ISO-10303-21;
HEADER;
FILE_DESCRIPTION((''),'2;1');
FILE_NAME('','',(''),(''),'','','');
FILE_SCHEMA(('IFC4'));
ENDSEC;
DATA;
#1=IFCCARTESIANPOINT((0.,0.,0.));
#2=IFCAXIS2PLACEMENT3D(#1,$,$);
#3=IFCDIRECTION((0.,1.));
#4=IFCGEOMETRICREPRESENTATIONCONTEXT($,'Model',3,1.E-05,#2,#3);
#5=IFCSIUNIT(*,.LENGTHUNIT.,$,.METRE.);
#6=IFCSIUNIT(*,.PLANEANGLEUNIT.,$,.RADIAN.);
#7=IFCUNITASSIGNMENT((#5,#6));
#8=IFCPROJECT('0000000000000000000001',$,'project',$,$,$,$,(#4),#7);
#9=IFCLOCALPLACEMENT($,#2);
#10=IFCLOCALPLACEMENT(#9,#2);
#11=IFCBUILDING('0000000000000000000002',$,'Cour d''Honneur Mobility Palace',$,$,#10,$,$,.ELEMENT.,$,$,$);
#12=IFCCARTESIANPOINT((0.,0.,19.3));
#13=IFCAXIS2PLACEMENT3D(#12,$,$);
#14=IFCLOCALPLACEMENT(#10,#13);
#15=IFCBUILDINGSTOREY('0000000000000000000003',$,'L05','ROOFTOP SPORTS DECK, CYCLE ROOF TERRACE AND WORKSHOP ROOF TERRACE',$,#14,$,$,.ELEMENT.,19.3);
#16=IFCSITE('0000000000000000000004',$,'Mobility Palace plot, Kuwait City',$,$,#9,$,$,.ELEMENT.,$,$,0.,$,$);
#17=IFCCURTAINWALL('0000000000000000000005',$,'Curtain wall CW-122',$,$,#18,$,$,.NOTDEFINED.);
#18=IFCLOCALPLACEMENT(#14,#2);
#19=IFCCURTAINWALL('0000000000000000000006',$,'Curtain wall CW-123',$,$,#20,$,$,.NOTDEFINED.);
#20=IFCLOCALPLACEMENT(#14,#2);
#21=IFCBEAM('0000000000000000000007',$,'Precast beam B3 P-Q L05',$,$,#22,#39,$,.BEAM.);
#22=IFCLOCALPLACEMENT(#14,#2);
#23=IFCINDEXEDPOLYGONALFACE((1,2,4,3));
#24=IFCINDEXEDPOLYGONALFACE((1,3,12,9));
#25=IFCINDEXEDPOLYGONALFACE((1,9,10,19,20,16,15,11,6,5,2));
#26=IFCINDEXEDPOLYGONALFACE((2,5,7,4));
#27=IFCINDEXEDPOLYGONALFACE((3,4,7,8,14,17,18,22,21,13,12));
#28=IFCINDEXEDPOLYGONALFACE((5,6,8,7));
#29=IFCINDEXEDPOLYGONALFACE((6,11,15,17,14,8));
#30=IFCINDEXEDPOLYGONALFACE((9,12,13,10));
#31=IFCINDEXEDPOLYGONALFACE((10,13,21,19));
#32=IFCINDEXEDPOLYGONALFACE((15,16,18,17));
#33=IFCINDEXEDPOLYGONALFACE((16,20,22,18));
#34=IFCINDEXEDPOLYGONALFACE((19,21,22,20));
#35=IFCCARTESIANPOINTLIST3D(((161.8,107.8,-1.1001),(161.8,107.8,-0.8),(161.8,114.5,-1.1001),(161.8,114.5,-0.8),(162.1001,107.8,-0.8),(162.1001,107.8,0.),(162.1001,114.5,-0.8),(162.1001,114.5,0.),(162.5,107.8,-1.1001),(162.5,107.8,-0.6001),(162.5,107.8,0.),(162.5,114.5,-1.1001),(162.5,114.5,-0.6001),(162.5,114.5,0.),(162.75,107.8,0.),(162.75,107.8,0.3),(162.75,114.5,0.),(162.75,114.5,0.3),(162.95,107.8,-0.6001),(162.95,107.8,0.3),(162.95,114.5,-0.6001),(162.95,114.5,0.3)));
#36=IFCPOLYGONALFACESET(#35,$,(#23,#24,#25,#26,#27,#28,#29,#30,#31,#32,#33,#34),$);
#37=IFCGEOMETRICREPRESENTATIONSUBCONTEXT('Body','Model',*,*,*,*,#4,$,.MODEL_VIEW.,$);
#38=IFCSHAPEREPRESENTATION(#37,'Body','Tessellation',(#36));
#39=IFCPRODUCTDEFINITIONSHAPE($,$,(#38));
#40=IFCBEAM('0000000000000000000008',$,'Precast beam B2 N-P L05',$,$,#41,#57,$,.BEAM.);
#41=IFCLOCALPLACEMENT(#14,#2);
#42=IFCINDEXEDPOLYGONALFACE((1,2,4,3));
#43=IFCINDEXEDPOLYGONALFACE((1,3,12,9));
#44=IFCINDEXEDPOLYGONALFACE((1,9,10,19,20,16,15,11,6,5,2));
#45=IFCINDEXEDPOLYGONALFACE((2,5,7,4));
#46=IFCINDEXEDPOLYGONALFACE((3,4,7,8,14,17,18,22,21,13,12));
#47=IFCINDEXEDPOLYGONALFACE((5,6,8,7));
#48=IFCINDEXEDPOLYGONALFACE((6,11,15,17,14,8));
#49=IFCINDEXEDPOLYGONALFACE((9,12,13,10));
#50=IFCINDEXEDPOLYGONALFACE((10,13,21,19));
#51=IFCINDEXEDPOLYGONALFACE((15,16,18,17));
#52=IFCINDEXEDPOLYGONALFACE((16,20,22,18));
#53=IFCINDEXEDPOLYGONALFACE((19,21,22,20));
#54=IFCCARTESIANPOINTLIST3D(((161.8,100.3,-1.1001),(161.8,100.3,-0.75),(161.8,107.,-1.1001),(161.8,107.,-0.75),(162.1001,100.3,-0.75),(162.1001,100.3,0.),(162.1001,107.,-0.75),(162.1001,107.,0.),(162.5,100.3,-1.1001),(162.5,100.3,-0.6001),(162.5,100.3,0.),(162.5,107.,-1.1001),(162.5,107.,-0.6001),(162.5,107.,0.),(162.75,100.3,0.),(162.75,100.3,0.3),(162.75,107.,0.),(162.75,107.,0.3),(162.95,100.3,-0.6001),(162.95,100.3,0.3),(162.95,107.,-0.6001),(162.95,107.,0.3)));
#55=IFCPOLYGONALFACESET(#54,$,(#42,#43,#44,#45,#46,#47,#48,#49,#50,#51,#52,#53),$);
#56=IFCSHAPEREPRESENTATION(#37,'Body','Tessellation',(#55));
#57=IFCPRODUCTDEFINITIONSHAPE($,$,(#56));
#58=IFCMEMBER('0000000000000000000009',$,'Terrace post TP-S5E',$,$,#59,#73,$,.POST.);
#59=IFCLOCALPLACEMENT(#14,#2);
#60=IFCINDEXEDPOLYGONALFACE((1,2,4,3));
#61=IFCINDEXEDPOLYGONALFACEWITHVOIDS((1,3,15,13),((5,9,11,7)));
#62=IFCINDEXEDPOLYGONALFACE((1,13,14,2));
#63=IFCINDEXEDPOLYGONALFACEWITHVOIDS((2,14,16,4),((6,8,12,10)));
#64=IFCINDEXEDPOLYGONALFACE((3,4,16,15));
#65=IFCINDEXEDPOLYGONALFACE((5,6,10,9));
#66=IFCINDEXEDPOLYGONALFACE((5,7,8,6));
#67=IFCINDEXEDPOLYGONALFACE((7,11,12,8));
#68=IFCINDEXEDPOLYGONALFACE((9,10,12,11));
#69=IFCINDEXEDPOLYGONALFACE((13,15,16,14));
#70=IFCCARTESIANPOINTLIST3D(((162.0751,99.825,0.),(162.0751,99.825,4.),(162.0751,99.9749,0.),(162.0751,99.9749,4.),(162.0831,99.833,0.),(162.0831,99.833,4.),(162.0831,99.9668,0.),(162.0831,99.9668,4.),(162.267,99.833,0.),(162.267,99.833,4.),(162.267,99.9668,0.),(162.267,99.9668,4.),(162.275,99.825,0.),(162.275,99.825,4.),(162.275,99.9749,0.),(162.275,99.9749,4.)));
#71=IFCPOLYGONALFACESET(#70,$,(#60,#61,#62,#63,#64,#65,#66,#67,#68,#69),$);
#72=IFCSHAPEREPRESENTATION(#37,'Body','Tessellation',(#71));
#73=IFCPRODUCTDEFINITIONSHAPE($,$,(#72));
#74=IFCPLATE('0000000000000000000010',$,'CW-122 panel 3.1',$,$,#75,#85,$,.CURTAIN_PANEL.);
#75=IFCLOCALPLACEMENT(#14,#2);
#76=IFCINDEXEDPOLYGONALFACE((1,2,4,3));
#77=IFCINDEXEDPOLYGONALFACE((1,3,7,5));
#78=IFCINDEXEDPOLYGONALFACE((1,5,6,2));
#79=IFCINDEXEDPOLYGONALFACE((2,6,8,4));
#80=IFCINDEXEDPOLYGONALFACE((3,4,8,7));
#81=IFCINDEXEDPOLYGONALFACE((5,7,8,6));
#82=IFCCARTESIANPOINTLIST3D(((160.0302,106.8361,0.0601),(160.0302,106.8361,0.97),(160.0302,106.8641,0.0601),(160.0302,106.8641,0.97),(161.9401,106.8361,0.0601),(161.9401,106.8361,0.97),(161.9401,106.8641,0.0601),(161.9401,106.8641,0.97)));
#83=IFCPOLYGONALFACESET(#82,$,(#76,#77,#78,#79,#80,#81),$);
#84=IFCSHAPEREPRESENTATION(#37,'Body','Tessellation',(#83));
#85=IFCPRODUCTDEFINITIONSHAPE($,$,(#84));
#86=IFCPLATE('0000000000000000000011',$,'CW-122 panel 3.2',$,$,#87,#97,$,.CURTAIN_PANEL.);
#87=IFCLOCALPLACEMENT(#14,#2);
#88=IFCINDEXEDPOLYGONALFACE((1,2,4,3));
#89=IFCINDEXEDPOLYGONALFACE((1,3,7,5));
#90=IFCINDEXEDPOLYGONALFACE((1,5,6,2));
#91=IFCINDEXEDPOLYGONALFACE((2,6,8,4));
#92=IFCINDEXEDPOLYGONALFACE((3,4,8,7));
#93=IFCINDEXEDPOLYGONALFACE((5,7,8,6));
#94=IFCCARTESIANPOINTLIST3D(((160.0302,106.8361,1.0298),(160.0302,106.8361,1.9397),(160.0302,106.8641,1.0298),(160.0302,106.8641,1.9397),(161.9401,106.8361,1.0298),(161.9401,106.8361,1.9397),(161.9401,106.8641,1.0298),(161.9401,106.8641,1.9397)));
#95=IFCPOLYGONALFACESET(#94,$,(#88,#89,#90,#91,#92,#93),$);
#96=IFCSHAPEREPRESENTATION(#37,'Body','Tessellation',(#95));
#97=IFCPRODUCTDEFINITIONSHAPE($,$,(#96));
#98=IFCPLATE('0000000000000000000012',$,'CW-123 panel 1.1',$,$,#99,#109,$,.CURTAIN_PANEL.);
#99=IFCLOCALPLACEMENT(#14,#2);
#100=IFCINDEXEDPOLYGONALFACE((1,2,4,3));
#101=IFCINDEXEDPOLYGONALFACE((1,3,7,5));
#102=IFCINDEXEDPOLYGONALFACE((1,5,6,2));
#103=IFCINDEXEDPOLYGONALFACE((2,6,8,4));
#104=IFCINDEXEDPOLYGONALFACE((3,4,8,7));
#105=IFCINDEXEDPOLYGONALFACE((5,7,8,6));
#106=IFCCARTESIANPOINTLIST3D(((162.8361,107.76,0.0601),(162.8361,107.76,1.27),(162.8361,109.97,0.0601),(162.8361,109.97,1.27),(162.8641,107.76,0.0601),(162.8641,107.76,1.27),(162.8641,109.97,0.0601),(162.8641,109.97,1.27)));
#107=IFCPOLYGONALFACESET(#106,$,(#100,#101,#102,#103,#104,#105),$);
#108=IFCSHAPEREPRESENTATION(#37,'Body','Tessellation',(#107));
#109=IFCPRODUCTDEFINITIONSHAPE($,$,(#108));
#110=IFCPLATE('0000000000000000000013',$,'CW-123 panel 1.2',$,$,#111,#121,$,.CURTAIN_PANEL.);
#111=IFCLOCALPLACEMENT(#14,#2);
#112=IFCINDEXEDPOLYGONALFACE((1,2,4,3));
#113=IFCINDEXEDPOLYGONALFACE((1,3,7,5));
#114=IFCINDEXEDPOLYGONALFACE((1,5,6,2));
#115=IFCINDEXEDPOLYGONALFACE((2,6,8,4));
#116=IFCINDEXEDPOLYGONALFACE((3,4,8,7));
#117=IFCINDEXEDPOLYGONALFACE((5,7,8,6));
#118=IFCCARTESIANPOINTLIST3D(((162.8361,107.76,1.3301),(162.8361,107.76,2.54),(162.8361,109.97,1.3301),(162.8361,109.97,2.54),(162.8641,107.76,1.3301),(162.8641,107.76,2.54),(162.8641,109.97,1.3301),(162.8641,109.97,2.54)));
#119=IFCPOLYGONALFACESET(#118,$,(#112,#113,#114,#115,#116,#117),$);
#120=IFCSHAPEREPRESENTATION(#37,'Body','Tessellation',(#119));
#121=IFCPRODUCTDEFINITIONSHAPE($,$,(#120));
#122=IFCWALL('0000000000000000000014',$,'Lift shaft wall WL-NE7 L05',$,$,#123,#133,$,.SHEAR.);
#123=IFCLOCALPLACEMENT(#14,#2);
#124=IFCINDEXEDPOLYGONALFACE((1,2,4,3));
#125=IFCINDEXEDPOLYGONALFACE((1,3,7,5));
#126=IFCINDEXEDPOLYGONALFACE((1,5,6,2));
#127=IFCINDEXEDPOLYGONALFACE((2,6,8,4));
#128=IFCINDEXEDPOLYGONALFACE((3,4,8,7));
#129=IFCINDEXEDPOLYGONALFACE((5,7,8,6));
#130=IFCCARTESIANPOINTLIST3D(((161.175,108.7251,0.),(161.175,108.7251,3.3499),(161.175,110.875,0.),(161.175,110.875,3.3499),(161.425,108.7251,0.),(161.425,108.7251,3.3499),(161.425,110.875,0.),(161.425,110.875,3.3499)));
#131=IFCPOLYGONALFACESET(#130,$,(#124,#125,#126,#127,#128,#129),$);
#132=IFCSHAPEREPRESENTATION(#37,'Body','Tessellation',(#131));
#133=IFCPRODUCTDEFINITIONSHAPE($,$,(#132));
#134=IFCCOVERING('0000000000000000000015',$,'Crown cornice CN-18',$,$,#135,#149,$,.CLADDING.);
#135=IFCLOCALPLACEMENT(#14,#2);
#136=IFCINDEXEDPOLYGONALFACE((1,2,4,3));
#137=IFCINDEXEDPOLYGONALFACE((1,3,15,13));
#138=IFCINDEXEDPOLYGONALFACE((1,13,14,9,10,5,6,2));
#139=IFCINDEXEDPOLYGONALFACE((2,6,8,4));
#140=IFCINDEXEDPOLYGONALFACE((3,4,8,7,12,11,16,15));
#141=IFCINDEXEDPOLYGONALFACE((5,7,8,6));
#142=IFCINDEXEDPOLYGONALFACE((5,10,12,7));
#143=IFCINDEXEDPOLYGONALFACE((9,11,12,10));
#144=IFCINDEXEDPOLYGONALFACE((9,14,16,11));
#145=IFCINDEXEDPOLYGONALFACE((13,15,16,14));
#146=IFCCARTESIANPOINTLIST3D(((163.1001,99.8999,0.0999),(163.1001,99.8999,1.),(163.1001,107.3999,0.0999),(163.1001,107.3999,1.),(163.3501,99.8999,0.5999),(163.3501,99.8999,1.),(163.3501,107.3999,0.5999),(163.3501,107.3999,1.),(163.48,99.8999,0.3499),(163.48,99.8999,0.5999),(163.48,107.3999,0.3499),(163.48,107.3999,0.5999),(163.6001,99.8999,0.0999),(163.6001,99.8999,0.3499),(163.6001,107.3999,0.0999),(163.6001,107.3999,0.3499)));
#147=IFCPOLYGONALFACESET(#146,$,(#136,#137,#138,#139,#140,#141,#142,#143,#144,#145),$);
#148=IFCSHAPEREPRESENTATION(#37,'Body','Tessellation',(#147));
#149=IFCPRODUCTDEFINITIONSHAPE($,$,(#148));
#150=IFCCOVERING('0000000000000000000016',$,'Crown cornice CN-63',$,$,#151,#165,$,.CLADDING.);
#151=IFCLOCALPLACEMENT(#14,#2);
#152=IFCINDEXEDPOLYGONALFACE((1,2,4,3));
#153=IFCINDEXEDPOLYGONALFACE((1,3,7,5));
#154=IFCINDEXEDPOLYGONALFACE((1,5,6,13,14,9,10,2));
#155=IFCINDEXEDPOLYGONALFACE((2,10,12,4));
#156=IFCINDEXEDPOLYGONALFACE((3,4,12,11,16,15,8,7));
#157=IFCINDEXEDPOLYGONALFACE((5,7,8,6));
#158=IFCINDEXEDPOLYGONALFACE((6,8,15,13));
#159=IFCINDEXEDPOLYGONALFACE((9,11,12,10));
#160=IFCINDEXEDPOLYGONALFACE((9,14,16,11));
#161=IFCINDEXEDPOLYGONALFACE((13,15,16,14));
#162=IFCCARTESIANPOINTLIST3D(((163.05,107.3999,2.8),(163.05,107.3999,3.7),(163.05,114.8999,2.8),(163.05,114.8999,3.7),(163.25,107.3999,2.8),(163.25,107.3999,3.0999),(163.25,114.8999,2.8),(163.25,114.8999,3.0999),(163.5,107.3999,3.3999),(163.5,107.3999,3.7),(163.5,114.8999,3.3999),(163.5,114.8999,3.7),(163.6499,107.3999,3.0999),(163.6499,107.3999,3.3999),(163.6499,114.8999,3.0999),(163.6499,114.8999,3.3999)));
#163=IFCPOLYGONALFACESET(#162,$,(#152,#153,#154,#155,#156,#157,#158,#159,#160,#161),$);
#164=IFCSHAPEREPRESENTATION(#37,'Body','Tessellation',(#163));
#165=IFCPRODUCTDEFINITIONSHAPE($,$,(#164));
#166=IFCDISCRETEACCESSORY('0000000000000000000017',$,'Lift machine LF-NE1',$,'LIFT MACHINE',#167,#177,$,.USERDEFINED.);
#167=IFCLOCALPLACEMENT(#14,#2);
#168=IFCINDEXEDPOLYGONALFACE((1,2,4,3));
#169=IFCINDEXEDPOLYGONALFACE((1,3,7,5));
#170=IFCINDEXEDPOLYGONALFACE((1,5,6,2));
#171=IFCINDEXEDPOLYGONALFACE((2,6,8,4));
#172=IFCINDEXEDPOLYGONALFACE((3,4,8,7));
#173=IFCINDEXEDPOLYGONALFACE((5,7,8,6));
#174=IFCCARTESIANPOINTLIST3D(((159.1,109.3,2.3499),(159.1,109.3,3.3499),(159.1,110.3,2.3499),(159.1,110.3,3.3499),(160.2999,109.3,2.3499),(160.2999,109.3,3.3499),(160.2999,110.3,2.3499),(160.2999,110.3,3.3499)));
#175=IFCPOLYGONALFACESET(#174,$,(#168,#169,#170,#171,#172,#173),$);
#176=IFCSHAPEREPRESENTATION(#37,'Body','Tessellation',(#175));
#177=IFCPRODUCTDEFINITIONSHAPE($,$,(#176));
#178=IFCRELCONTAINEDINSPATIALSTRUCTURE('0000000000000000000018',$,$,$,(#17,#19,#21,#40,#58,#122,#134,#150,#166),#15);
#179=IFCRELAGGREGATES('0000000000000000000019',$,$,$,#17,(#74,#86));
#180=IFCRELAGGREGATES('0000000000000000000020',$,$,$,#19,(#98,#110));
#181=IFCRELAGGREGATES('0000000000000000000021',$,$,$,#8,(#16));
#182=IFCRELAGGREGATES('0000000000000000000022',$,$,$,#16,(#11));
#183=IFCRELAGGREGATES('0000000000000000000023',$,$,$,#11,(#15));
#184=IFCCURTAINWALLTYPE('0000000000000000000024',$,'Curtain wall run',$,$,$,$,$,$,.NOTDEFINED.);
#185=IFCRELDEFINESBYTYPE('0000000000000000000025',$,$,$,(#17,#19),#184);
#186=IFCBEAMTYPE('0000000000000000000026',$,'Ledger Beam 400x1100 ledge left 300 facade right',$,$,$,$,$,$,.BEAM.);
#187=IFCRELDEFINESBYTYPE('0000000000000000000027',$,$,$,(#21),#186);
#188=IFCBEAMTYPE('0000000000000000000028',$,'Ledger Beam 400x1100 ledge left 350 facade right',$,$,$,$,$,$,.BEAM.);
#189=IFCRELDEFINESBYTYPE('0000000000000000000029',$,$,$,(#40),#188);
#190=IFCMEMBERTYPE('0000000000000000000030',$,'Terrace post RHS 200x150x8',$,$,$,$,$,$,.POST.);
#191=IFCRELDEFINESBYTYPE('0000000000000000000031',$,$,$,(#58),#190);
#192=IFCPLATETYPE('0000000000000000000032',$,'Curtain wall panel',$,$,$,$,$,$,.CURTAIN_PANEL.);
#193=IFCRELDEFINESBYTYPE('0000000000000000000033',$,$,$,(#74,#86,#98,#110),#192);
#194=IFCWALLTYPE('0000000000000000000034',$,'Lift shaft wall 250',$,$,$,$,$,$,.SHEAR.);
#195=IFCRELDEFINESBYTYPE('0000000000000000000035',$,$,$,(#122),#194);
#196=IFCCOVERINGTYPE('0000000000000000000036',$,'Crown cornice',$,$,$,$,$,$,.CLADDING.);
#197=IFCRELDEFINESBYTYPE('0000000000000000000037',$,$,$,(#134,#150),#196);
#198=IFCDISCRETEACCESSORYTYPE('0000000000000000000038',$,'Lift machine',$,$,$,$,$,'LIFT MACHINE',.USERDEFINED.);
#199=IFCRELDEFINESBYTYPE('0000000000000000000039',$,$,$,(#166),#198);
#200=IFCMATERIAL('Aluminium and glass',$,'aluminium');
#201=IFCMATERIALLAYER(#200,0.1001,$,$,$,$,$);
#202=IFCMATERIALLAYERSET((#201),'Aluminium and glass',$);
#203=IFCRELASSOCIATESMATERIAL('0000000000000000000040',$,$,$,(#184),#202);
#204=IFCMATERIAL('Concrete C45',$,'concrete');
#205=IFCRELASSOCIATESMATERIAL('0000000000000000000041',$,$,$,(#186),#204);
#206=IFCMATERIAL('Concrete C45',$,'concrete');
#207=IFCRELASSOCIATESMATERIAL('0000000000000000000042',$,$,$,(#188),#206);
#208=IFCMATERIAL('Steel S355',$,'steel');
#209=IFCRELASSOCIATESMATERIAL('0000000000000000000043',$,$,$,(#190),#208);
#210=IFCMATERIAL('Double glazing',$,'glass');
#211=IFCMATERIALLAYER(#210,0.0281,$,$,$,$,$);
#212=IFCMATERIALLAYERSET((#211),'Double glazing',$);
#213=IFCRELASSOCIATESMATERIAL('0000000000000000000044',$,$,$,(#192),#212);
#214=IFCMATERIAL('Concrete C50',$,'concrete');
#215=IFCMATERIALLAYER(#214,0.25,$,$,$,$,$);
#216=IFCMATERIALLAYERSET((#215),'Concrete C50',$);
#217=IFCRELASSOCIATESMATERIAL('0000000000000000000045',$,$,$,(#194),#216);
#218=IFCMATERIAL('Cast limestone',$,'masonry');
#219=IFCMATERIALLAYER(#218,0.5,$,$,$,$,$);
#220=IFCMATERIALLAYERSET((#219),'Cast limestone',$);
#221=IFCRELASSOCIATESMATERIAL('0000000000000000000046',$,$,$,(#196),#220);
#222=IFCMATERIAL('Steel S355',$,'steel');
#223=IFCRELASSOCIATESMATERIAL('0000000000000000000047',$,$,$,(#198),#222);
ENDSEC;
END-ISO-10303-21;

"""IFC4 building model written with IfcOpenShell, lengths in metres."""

from ifc_helpers import new_model, si_unit, direction, frame, frame_2d, origin, origin_2d, place, context, subcontext, project, spatial, polyline, rectangle, hollow_rectangle, outline, extrude, material, layer, layer_set, material_profile, profile_set, type_object, element, aggregate, save


model = new_model("IFC4")

# Units and contexts
model_context = context("Model", 3, precision=1e-05, world=origin(), true_north=direction((0.0, 1.0)))
body_context = subcontext(model_context, "Body", "Model", "MODEL_VIEW")
ifc_project = project(units=[si_unit("LENGTHUNIT", "METRE"), si_unit("PLANEANGLEUNIT", "RADIAN")], contexts=[model_context])

# Site, building, storey
site_placement = place(None, origin())
site = spatial("IfcSite", under=ifc_project, at=site_placement, Name="Mobility Palace plot, Kuwait City", CompositionType="ELEMENT", RefElevation=0.0)
building_placement = place(site_placement, origin())
building = spatial("IfcBuilding", under=site, at=building_placement, Name="Cour d'Honneur Mobility Palace", CompositionType="ELEMENT")
storey_placement = place(building_placement, frame((0.0, 0.0, 19.3)))
storey = spatial("IfcBuildingStorey", under=building, at=storey_placement, Name="L05", Description="ROOFTOP SPORTS DECK, CYCLE ROOF TERRACE AND WORKSHOP ROOF TERRACE", CompositionType="ELEMENT", Elevation=19.3)

# Curtain walls
ifc_material_1 = material(Name="Aluminium and glass", Category="aluminium")
ifc_layer_1 = layer(ifc_material_1, 0.1001)
ifc_layer_set_1 = layer_set([ifc_layer_1], Name="Aluminium and glass")
curtain_wall_type = type_object("IfcCurtainWallType", Name="Curtain wall run", PredefinedType="NOTDEFINED", material=ifc_layer_set_1)
curtain_wall_1_placement = place(storey_placement, origin())
curtain_wall_1 = element("IfcCurtainWall", 1, at=curtain_wall_1_placement, inside=storey, type_object=curtain_wall_type, Name="Curtain wall CW-122", PredefinedType="NOTDEFINED")
curtain_wall_2_placement = place(storey_placement, origin())
curtain_wall_2 = element("IfcCurtainWall", 2, at=curtain_wall_2_placement, inside=storey, type_object=curtain_wall_type, Name="Curtain wall CW-123", PredefinedType="NOTDEFINED")

# Beams
ifc_material_2 = material(Name="Concrete C45", Category="concrete")
ifc_material_profile_1 = material_profile(ifc_material_2, outline(polyline([(0.5, -1.1001), (0.5, -0.8), (0.2, -0.8), (0.2, 0.0), (-0.2, 0.0), (-0.45, 0.0), (-0.45, 0.3), (-0.6499, 0.3), (-0.6499, -0.6001), (-0.2, -0.6001), (-0.2, -1.1001), (0.5, -1.1001)])), Name="Ledger Beam 400x1100 ledge left 300 facade right")
ifc_profile_set_1 = profile_set([ifc_material_profile_1], Name="Concrete C45")
beam_type_1 = type_object("IfcBeamType", Name="Ledger Beam 400x1100 ledge left 300 facade right", PredefinedType="BEAM", material=ifc_profile_set_1)
beam_1_placement = place(storey_placement, frame((162.3, 107.8, 0.0), z_axis=(0.0, 1.0, 0.0), x_axis=(-1.0, 0.0, 0.0)))
element("IfcBeam", 3, at=beam_1_placement, inside=storey, type_object=beam_type_1, Name="Precast beam B3 P-Q L05", PredefinedType="BEAM", context=body_context, shape_type="SweptSolid", body=[
    extrude(outline(polyline([(0.5, -1.1001), (0.5, -0.8), (0.2, -0.8), (0.2, 0.0), (-0.2, 0.0), (-0.45, 0.0), (-0.45, 0.3), (-0.6499, 0.3), (-0.6499, -0.6001), (-0.2, -0.6001), (-0.2, -1.1001), (0.5, -1.1001)])), origin(), (0.0, 0.0, 1.0), 6.7),
])
ifc_material_3 = material(Name="Concrete C45", Category="concrete")
ifc_material_profile_2 = material_profile(ifc_material_3, outline(polyline([(0.5, -1.1001), (0.5, -0.75), (0.2, -0.75), (0.2, 0.0), (-0.2, 0.0), (-0.45, 0.0), (-0.45, 0.3), (-0.6499, 0.3), (-0.6499, -0.6001), (-0.2, -0.6001), (-0.2, -1.1001), (0.5, -1.1001)])), Name="Ledger Beam 400x1100 ledge left 350 facade right")
ifc_profile_set_2 = profile_set([ifc_material_profile_2], Name="Concrete C45")
beam_type_2 = type_object("IfcBeamType", Name="Ledger Beam 400x1100 ledge left 350 facade right", PredefinedType="BEAM", material=ifc_profile_set_2)
beam_2_placement = place(storey_placement, frame((162.3, 100.3, 0.0), z_axis=(0.0, 1.0, 0.0), x_axis=(-1.0, 0.0, 0.0)))
element("IfcBeam", 4, at=beam_2_placement, inside=storey, type_object=beam_type_2, Name="Precast beam B2 N-P L05", PredefinedType="BEAM", context=body_context, shape_type="SweptSolid", body=[
    extrude(outline(polyline([(0.5, -1.1001), (0.5, -0.75), (0.2, -0.75), (0.2, 0.0), (-0.2, 0.0), (-0.45, 0.0), (-0.45, 0.3), (-0.6499, 0.3), (-0.6499, -0.6001), (-0.2, -0.6001), (-0.2, -1.1001), (0.5, -1.1001)])), origin(), (0.0, 0.0, 1.0), 6.7),
])

# Member
ifc_material_4 = material(Name="Steel S355", Category="steel")
ifc_material_profile_3 = material_profile(ifc_material_4, hollow_rectangle(XDim=0.1499, YDim=0.2, WallThickness=0.0081, at=origin_2d()), Name="RHS 200x150x8")
ifc_profile_set_3 = profile_set([ifc_material_profile_3], Name="Steel S355")
member_type_1 = type_object("IfcMemberType", Name="Terrace post RHS 200x150x8", PredefinedType="POST", material=ifc_profile_set_3)
member_1_placement = place(storey_placement, frame((162.175, 99.8999, 0.0), z_axis=(0.0, 0.0, 1.0), x_axis=(0.0, 1.0, 0.0)))
element("IfcMember", 5, at=member_1_placement, inside=storey, type_object=member_type_1, Name="Terrace post TP-S5E", PredefinedType="POST", context=body_context, shape_type="SweptSolid", body=[
    extrude(hollow_rectangle(XDim=0.1499, YDim=0.2, WallThickness=0.0081, at=origin_2d()), origin(), (0.0, 0.0, 1.0), 4.0),
])

# Plates
ifc_material_5 = material(Name="Double glazing", Category="glass")
ifc_layer_2 = layer(ifc_material_5, 0.0281)
ifc_layer_set_2 = layer_set([ifc_layer_2], Name="Double glazing")
plate_type = type_object("IfcPlateType", Name="Curtain wall panel", PredefinedType="CURTAIN_PANEL", material=ifc_layer_set_2)
plate_1_placement = place(storey_placement, frame((160.9851, 106.8501, 0.0601), z_axis=(0.0, 0.0, 1.0), x_axis=(1.0, 0.0, 0.0)))
plate_1 = element("IfcPlate", 6, at=plate_1_placement, type_object=plate_type, Name="CW-122 panel 3.1", PredefinedType="CURTAIN_PANEL", context=body_context, shape_type="SweptSolid", body=[
    extrude(rectangle(XDim=1.9099, YDim=0.0281, at=origin_2d()), origin(), (0.0, 0.0, 1.0), 0.9099),
])
plate_2_placement = place(storey_placement, frame((160.9851, 106.8501, 1.0298), z_axis=(0.0, 0.0, 1.0), x_axis=(1.0, 0.0, 0.0)))
plate_2 = element("IfcPlate", 7, at=plate_2_placement, type_object=plate_type, Name="CW-122 panel 3.2", PredefinedType="CURTAIN_PANEL", context=body_context, shape_type="SweptSolid", body=[
    extrude(rectangle(XDim=1.9099, YDim=0.0281, at=origin_2d()), origin(), (0.0, 0.0, 1.0), 0.9099),
])
aggregate(curtain_wall_1, [plate_1, plate_2])
plate_3_placement = place(storey_placement, frame((162.8501, 108.865, 0.0601), z_axis=(0.0, 0.0, 1.0), x_axis=(0.0, 1.0, 0.0)))
plate_3 = element("IfcPlate", 8, at=plate_3_placement, type_object=plate_type, Name="CW-123 panel 1.1", PredefinedType="CURTAIN_PANEL", context=body_context, shape_type="SweptSolid", body=[
    extrude(rectangle(XDim=2.21, YDim=0.0281, at=origin_2d()), origin(), (0.0, 0.0, 1.0), 1.21),
])
plate_4_placement = place(storey_placement, frame((162.8501, 108.865, 1.3301), z_axis=(0.0, 0.0, 1.0), x_axis=(0.0, 1.0, 0.0)))
plate_4 = element("IfcPlate", 9, at=plate_4_placement, type_object=plate_type, Name="CW-123 panel 1.2", PredefinedType="CURTAIN_PANEL", context=body_context, shape_type="SweptSolid", body=[
    extrude(rectangle(XDim=2.21, YDim=0.0281, at=origin_2d()), origin(), (0.0, 0.0, 1.0), 1.21),
])
aggregate(curtain_wall_2, [plate_3, plate_4])

# Wall
ifc_material_6 = material(Name="Concrete C50", Category="concrete")
ifc_layer_3 = layer(ifc_material_6, 0.25)
ifc_layer_set_3 = layer_set([ifc_layer_3], Name="Concrete C50")
wall_type = type_object("IfcWallType", Name="Lift shaft wall 250", PredefinedType="SHEAR", material=ifc_layer_set_3)
wall_placement = place(storey_placement, frame((161.3, 108.7251, 0.0), z_axis=(0.0, 0.0, 1.0), x_axis=(0.0, 1.0, 0.0)))
element("IfcWall", 10, at=wall_placement, inside=storey, type_object=wall_type, Name="Lift shaft wall WL-NE7 L05", PredefinedType="SHEAR", context=body_context, shape_type="SweptSolid", body=[
    extrude(rectangle(XDim=2.1499, YDim=0.25, at=frame_2d((1.075, 0.0))), origin(), (0.0, 0.0, 1.0), 3.3499),
])

# Coverings
ifc_material_7 = material(Name="Cast limestone", Category="masonry")
ifc_layer_4 = layer(ifc_material_7, 0.5)
ifc_layer_set_4 = layer_set([ifc_layer_4], Name="Cast limestone")
covering_type = type_object("IfcCoveringType", Name="Crown cornice", PredefinedType="CLADDING", material=ifc_layer_set_4)
covering_1_placement = place(storey_placement, frame((163.1001, 99.8999, 0.0999), z_axis=(0.0, -1.0, 0.0), x_axis=(1.0, 0.0, 0.0)))
element("IfcCovering", 11, at=covering_1_placement, inside=storey, type_object=covering_type, Name="Crown cornice CN-18", PredefinedType="CLADDING", context=body_context, shape_type="SweptSolid", body=[
    extrude(outline(polyline([(0.0, 0.0), (0.5, 0.0), (0.5, 0.25), (0.3799, 0.25), (0.3799, 0.5), (0.25, 0.5), (0.25, 0.9001), (0.0, 0.9001), (0.0, 0.0)])), origin(), (0.0, 0.0, -1.0), 7.5),
])
covering_2_placement = place(storey_placement, frame((163.05, 107.3999, 2.8), z_axis=(0.0, -1.0, 0.0), x_axis=(1.0, 0.0, 0.0)))
element("IfcCovering", 12, at=covering_2_placement, inside=storey, type_object=covering_type, Name="Crown cornice CN-63", PredefinedType="CLADDING", context=body_context, shape_type="SweptSolid", body=[
    extrude(outline(polyline([(0.0, 0.0), (0.2, 0.0), (0.2, 0.2998), (0.5999, 0.2998), (0.5999, 0.5999), (0.45, 0.5999), (0.45, 0.8999), (0.0, 0.8999), (0.0, 0.0)])), origin(), (0.0, 0.0, -1.0), 7.5),
])

# Discrete accessory
ifc_material_8 = material(Name="Steel S355", Category="steel")
discrete_accessory_type = type_object("IfcDiscreteAccessoryType", Name="Lift machine", ElementType="LIFT MACHINE", PredefinedType="USERDEFINED", material=ifc_material_8)
discrete_accessory_placement = place(storey_placement, frame((159.7, 109.8, 2.3499), z_axis=(0.0, 0.0, 1.0), x_axis=(1.0, 0.0, 0.0)))
element("IfcDiscreteAccessory", 13, at=discrete_accessory_placement, inside=storey, type_object=discrete_accessory_type, Name="Lift machine LF-NE1", ObjectType="LIFT MACHINE", PredefinedType="USERDEFINED", context=body_context, shape_type="SweptSolid", body=[
    extrude(rectangle(XDim=1.2, YDim=1.0, at=origin_2d()), origin(), (0.0, 0.0, 1.0), 1.0),
])

save(model, "model.ifc")
